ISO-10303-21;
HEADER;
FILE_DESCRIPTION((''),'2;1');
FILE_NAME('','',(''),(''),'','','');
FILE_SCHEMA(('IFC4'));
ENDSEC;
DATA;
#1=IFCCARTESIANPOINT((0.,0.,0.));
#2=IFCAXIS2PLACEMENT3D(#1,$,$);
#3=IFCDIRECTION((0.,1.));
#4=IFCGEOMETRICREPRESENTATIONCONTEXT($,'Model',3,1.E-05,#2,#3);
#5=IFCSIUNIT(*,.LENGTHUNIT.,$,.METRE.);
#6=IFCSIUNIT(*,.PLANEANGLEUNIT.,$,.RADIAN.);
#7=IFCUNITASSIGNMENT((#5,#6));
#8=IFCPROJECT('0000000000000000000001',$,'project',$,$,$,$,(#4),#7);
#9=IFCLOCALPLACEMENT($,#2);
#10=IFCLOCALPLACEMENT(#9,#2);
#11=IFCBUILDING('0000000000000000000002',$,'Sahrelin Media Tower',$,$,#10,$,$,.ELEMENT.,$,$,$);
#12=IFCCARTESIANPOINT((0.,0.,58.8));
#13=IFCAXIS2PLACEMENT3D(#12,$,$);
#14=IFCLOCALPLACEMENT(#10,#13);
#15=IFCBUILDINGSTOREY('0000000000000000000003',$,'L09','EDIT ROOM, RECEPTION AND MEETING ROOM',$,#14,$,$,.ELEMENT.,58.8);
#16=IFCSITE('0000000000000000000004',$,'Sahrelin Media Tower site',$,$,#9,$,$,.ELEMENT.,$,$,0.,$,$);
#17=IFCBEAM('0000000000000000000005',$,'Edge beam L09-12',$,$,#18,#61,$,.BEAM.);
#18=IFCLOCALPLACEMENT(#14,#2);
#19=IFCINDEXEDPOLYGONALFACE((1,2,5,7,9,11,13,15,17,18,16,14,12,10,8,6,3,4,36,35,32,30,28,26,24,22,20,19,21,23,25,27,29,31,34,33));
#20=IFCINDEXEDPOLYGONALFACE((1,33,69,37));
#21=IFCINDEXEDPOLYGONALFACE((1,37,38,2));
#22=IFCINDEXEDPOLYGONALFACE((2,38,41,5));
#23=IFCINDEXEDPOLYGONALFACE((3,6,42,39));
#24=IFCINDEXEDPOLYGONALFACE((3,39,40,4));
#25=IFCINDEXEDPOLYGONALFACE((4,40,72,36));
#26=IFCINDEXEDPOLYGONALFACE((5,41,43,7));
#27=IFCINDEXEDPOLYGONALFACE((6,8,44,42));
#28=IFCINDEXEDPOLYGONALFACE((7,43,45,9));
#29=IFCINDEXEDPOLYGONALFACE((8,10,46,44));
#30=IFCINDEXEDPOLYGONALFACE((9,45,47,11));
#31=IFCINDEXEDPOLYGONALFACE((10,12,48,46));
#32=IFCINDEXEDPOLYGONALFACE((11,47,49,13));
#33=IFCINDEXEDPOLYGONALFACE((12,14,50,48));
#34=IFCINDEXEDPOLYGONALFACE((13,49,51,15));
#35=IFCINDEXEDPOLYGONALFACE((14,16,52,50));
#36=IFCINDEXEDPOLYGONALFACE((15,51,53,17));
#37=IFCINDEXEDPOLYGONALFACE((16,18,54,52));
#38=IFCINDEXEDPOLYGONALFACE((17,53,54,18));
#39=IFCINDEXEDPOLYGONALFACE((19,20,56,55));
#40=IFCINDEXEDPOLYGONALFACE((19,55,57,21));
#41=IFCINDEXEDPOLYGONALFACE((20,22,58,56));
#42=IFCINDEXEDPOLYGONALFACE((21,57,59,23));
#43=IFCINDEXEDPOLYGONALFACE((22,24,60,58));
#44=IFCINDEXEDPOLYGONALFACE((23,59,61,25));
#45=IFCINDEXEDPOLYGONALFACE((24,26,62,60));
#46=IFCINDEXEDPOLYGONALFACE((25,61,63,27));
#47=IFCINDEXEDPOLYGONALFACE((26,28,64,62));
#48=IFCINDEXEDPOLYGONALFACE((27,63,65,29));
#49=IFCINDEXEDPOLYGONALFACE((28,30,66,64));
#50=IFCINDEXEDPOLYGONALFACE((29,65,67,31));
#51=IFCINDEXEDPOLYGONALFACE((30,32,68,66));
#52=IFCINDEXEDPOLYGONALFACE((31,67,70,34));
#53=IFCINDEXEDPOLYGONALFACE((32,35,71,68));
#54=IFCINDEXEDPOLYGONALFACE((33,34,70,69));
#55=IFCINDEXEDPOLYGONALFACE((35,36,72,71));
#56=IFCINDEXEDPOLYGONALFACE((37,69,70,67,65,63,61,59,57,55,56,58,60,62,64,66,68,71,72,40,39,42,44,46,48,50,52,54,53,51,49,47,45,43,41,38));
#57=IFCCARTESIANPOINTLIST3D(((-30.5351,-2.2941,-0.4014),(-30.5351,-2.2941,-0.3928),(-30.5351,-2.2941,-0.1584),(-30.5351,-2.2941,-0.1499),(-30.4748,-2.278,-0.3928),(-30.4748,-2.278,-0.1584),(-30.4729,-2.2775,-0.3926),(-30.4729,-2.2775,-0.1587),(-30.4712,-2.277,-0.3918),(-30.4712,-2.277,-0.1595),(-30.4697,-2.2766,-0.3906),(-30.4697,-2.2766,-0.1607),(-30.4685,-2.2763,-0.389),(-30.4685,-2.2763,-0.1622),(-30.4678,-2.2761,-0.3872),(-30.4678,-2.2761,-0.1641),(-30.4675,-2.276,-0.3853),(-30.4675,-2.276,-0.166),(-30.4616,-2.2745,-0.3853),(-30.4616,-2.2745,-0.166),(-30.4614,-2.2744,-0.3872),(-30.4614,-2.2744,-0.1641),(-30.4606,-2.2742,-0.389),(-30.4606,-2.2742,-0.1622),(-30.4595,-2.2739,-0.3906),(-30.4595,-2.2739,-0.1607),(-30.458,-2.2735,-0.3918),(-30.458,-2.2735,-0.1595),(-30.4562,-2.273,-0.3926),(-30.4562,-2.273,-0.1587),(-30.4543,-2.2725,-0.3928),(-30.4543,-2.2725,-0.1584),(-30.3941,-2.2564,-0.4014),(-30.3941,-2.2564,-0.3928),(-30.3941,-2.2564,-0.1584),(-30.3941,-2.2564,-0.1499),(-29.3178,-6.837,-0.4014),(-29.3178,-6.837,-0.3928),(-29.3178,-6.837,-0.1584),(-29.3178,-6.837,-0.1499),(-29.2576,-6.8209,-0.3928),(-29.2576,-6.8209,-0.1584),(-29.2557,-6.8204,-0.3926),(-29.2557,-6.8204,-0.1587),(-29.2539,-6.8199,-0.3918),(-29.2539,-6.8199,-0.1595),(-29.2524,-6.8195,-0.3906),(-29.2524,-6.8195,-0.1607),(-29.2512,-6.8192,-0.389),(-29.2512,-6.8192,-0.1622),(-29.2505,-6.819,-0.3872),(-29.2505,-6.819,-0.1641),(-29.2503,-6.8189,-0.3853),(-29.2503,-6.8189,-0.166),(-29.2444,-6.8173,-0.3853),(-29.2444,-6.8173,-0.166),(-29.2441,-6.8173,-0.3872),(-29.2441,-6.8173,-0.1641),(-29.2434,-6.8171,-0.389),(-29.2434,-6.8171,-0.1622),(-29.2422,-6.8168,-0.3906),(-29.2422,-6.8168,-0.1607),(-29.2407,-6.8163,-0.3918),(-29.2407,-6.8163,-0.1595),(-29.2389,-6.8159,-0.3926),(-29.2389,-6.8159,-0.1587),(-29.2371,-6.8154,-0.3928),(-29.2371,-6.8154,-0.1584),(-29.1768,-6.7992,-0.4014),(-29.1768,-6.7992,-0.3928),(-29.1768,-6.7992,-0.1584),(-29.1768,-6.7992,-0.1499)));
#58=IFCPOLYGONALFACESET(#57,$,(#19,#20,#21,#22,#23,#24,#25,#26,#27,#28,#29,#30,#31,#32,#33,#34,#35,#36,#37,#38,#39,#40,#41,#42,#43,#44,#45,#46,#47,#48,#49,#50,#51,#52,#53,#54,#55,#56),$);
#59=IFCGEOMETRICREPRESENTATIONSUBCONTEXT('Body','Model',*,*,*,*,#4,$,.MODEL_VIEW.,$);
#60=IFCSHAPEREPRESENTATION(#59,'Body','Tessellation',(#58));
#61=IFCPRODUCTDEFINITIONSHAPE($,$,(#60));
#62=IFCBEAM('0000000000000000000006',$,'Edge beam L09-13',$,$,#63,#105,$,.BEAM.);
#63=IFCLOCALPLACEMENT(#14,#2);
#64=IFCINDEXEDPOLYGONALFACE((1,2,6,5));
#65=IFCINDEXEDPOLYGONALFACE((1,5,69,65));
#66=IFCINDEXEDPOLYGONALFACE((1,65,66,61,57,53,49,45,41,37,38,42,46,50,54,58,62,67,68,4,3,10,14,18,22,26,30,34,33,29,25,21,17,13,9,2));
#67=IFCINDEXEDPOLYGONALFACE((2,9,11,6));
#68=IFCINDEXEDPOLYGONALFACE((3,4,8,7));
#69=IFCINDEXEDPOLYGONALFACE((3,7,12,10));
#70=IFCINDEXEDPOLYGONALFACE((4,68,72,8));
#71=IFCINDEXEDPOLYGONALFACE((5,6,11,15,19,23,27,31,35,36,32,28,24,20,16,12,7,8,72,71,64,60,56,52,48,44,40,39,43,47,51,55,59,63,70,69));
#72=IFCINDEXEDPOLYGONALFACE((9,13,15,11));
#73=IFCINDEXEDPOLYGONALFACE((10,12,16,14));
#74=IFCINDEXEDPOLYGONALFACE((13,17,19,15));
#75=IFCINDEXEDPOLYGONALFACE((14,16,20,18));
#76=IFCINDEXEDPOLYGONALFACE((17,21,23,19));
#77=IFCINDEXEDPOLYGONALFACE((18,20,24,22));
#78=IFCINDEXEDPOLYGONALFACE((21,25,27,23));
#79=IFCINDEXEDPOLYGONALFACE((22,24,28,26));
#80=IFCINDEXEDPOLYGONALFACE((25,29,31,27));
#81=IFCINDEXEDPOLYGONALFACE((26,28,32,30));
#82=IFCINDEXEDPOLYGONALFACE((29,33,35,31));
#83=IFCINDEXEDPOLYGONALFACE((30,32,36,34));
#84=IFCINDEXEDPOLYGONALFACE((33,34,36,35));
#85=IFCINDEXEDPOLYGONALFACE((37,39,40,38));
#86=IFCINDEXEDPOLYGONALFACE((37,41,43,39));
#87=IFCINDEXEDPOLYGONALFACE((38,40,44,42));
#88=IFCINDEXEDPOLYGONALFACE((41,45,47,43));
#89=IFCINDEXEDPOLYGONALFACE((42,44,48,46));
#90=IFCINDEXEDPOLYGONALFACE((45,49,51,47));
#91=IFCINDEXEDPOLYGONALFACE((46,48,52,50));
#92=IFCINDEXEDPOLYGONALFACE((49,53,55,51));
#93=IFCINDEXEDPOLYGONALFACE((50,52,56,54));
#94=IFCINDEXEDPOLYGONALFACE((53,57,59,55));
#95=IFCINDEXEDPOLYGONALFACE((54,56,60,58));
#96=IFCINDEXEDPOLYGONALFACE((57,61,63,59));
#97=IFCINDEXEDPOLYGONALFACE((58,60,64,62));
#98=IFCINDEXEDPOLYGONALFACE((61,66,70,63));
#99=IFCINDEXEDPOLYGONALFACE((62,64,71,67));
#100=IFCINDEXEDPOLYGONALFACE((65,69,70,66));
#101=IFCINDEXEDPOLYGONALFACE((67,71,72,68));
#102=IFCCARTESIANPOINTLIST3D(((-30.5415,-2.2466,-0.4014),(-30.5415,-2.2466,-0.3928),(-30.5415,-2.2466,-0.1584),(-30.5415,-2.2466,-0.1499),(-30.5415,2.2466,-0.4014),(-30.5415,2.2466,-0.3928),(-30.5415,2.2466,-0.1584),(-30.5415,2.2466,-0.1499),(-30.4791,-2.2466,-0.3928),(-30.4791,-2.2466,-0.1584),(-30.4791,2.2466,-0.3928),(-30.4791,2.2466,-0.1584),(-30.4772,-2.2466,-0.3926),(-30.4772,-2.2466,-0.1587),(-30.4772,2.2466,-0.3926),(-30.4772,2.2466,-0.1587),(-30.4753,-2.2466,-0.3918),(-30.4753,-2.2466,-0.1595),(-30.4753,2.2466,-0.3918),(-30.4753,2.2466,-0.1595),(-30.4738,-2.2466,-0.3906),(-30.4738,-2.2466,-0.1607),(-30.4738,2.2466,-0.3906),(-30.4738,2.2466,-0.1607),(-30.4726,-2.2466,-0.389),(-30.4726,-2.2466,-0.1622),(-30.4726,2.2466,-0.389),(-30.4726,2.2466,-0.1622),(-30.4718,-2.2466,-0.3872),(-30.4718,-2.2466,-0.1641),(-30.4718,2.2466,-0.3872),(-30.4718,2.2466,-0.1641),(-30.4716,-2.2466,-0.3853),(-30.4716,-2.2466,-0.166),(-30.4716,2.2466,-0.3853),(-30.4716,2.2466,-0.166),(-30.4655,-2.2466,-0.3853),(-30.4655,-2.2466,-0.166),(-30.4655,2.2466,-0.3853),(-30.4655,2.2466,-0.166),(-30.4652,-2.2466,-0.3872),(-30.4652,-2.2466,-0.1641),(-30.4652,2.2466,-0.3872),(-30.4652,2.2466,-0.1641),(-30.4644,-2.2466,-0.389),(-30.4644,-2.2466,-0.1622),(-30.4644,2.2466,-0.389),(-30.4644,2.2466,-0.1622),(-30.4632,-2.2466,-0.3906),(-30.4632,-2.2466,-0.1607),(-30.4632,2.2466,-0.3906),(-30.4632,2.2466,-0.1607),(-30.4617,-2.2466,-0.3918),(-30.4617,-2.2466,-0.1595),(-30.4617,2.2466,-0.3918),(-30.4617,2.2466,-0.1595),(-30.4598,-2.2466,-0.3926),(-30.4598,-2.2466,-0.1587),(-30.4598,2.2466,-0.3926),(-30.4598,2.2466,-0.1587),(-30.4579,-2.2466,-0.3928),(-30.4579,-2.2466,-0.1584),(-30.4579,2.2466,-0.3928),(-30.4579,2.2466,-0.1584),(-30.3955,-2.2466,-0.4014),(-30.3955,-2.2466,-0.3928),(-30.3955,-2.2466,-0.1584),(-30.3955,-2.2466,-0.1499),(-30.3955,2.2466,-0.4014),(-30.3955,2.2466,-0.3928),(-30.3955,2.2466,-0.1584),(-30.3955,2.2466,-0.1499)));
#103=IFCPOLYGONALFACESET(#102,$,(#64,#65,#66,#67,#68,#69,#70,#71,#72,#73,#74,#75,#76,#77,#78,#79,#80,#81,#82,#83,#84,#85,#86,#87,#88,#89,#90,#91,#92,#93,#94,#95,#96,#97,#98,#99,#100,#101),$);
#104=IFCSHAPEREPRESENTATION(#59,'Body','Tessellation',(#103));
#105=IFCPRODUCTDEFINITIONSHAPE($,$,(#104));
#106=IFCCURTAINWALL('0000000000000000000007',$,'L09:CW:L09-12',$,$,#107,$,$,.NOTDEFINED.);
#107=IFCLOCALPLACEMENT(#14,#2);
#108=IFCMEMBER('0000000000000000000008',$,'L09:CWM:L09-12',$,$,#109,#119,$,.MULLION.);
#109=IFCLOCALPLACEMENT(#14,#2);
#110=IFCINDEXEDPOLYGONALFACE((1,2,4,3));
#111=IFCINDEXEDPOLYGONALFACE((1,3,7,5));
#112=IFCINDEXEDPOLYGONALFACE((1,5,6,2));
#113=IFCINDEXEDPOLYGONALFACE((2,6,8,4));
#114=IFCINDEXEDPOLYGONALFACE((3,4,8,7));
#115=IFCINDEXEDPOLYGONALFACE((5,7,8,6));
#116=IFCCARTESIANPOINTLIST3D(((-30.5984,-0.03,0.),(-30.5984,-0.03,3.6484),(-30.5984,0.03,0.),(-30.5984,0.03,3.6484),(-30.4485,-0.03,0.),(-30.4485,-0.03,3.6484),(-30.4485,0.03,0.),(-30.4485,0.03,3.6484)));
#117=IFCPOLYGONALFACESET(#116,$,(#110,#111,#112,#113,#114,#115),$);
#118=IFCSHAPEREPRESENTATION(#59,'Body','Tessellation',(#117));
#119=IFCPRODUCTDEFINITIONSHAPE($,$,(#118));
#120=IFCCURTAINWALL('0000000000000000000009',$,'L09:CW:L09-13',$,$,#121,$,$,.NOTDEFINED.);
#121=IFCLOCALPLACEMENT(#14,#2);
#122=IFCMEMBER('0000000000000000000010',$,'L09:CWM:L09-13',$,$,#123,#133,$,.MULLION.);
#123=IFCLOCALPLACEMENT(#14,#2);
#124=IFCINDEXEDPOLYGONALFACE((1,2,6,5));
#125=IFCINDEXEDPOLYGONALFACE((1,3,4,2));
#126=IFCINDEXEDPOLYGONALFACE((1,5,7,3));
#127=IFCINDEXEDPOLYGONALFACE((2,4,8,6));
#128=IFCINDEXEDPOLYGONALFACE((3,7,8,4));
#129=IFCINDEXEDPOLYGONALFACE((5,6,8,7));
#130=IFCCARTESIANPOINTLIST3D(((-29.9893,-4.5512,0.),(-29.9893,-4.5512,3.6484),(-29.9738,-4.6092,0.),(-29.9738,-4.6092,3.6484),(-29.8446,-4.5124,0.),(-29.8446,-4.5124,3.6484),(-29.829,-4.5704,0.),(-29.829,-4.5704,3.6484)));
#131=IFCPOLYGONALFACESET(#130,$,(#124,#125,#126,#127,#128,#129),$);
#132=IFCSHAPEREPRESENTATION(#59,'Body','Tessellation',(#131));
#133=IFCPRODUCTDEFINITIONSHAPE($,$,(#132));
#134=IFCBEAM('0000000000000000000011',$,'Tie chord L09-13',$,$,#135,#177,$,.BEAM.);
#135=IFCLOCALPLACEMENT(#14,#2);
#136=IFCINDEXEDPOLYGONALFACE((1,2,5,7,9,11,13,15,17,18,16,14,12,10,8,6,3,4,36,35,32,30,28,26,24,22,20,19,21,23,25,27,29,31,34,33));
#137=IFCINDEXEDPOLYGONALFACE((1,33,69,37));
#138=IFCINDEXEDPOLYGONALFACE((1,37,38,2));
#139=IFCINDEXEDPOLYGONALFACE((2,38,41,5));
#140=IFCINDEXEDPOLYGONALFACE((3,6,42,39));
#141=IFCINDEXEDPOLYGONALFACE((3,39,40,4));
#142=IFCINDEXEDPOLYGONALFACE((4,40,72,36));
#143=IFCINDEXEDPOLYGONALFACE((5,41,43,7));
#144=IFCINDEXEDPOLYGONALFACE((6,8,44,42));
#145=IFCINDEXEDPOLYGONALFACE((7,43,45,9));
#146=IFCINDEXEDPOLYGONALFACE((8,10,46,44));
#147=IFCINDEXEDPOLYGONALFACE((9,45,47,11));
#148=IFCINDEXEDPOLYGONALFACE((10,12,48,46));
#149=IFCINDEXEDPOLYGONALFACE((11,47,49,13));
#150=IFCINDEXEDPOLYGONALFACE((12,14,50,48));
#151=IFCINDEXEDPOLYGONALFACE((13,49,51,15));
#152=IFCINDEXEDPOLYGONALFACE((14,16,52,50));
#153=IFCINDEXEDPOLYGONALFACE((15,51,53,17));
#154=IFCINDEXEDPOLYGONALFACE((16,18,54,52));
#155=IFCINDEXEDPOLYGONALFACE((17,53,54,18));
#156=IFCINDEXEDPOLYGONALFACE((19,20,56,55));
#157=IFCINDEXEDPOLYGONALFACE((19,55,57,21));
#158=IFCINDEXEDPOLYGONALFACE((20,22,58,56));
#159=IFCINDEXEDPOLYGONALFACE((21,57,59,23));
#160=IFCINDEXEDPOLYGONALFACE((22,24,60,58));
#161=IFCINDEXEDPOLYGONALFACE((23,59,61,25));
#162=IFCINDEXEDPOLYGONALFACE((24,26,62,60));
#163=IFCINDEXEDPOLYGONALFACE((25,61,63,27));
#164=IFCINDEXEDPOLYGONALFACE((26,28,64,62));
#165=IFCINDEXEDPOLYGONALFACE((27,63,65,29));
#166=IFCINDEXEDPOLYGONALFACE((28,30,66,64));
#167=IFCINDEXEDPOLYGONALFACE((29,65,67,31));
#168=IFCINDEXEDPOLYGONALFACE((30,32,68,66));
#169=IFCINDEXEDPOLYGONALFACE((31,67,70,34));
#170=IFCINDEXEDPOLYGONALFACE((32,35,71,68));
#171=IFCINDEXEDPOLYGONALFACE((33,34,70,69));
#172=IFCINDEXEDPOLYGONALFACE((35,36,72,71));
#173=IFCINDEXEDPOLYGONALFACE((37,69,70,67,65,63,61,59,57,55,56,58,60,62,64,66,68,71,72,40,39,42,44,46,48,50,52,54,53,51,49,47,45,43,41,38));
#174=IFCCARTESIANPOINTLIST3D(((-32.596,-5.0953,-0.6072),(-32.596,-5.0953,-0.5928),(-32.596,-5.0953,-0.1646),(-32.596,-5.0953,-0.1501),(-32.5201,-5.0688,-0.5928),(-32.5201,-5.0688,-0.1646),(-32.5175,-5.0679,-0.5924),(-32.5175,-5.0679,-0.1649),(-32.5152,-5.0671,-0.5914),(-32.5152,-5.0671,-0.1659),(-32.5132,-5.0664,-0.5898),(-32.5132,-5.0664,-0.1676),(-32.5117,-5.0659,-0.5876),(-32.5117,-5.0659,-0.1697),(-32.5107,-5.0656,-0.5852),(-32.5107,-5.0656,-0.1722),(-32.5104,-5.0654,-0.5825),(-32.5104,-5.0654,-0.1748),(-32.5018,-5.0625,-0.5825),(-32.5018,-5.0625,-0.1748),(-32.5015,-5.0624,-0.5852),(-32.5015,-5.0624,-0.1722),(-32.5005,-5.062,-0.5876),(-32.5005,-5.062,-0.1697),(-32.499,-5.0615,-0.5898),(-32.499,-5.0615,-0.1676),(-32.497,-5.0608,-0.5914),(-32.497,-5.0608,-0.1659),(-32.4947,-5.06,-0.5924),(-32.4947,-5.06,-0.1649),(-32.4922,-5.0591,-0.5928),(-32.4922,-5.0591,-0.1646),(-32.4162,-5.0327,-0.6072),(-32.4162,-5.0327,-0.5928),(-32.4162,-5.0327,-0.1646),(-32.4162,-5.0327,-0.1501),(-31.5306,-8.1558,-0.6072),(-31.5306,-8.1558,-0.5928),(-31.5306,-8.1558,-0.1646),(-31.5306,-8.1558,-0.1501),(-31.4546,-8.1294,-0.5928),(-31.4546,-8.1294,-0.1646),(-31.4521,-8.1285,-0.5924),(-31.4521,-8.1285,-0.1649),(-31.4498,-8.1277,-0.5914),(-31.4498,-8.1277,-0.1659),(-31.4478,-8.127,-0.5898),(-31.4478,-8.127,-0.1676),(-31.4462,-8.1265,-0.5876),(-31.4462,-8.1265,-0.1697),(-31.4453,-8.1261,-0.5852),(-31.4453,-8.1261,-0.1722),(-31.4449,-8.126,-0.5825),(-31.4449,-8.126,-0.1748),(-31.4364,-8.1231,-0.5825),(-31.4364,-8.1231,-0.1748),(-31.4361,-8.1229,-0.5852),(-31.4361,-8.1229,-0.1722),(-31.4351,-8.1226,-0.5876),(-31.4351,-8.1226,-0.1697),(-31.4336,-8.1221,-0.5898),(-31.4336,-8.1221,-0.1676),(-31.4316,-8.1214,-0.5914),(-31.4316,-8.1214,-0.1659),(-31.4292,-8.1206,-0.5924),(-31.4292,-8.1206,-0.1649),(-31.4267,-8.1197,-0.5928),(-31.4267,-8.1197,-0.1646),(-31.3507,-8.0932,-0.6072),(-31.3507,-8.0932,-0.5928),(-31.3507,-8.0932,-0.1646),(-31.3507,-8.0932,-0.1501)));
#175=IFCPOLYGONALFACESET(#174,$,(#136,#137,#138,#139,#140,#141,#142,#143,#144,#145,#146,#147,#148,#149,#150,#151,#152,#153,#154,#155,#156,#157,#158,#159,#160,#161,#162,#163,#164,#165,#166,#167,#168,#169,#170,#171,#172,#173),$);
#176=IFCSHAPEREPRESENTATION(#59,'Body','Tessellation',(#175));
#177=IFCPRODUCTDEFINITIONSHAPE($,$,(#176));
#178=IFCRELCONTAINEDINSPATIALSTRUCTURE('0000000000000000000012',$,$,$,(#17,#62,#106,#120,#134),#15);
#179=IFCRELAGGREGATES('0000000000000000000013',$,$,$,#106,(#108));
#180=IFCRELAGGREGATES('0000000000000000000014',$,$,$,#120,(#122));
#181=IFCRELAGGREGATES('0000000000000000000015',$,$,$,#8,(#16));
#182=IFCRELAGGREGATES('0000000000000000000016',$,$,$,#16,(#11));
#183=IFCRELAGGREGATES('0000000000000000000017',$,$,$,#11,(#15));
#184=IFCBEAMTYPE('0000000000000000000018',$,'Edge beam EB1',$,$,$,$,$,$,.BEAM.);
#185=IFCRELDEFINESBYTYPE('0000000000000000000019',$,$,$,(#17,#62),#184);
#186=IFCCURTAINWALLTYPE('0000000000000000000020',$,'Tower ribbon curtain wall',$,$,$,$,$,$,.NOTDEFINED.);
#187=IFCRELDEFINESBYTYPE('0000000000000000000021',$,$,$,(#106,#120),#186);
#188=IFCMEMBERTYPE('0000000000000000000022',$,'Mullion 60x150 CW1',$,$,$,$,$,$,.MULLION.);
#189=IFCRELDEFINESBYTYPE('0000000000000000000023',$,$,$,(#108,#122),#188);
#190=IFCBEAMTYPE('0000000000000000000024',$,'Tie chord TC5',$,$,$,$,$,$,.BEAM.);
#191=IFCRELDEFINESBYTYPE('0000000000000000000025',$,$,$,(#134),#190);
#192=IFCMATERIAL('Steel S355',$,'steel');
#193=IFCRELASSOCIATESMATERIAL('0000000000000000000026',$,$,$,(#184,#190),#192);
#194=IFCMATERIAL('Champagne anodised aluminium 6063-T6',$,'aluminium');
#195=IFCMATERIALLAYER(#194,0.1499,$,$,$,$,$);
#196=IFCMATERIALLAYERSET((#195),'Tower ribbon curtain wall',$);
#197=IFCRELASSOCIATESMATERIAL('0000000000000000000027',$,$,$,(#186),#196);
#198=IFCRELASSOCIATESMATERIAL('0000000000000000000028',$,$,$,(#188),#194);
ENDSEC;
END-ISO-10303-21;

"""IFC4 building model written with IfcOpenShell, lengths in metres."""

from ifc_helpers import new_model, si_unit, direction, frame, origin, origin_2d, place, context, subcontext, project, spatial, rectangle, i_section, extrude, material, layer, layer_set, material_profile, profile_set, type_object, element, aggregate, save


model = new_model("IFC4")

# Units and contexts
model_context = context("Model", 3, precision=1e-05, world=origin(), true_north=direction((0.0, 1.0)))
body_context = subcontext(model_context, "Body", "Model", "MODEL_VIEW")
ifc_project = project(units=[si_unit("LENGTHUNIT", "METRE"), si_unit("PLANEANGLEUNIT", "RADIAN")], contexts=[model_context])

# Site, building, storey
site_placement = place(None, origin())
site = spatial("IfcSite", under=ifc_project, at=site_placement, Name="Sahrelin Media Tower site", CompositionType="ELEMENT", RefElevation=0.0)
building_placement = place(site_placement, origin())
building = spatial("IfcBuilding", under=site, at=building_placement, Name="Sahrelin Media Tower", CompositionType="ELEMENT")
storey_placement = place(building_placement, frame((0.0, 0.0, 58.8)))
storey = spatial("IfcBuildingStorey", under=building, at=storey_placement, Name="L09", Description="EDIT ROOM, RECEPTION AND MEETING ROOM", CompositionType="ELEMENT", Elevation=58.8)

# Beams
ifc_material_1 = material(Name="Steel S355", Category="steel")
ifc_material_profile_1 = material_profile(ifc_material_1, i_section(OverallWidth=0.146, OverallDepth=0.2515, WebThickness=0.0061, FlangeThickness=0.0085, FilletRadius=0.0076, at=origin_2d()), Name="UB 254x146x31")
ifc_profile_set_1 = profile_set([ifc_material_profile_1], Name="Steel S355")
beam_type_1 = type_object("IfcBeamType", Name="Edge beam EB1", PredefinedType="BEAM", material=ifc_profile_set_1)
beam_1_placement = place(storey_placement, frame((-29.2473, -6.8181, -0.2756), z_axis=(-0.258819, 0.965926, 0.0), x_axis=(-0.965926, -0.258819, 0.0)))
element("IfcBeam", 1, at=beam_1_placement, inside=storey, type_object=beam_type_1, Name="Edge beam L09-12", PredefinedType="BEAM", context=body_context, shape_type="SweptSolid", body=[
    extrude(i_section(OverallWidth=0.146, OverallDepth=0.2515, WebThickness=0.0061, FlangeThickness=0.0085, FilletRadius=0.0076, at=origin_2d()), origin(), (0.0, 0.0, 1.0), 4.7031),
])
beam_2_placement = place(storey_placement, frame((-30.4685, -2.2466, -0.2756), z_axis=(0.0, 1.0, 0.0), x_axis=(-1.0, 0.0, 0.0)))
element("IfcBeam", 2, at=beam_2_placement, inside=storey, type_object=beam_type_1, Name="Edge beam L09-13", PredefinedType="BEAM", context=body_context, shape_type="SweptSolid", body=[
    extrude(i_section(OverallWidth=0.146, OverallDepth=0.2515, WebThickness=0.0061, FlangeThickness=0.0085, FilletRadius=0.0076, at=origin_2d()), origin(), (0.0, 0.0, 1.0), 4.4932),
])

# Curtain walls, members
ifc_material_2 = material(Name="Champagne anodised aluminium 6063-T6", Category="aluminium")
ifc_layer_1 = layer(ifc_material_2, 0.1499)
ifc_layer_set_1 = layer_set([ifc_layer_1], Name="Tower ribbon curtain wall")
curtain_wall_type = type_object("IfcCurtainWallType", Name="Tower ribbon curtain wall", PredefinedType="NOTDEFINED", material=ifc_layer_set_1)
curtain_wall_1_placement = place(storey_placement, frame((-30.6184, 0.0, 0.0), z_axis=(0.0, 0.0, 1.0), x_axis=(1.0, 0.0, 0.0)))
curtain_wall_1 = element("IfcCurtainWall", 3, at=curtain_wall_1_placement, inside=storey, type_object=curtain_wall_type, Name="L09:CW:L09-12", PredefinedType="NOTDEFINED")
ifc_material_profile_2 = material_profile(ifc_material_2, rectangle(XDim=0.0601, YDim=0.1499, at=origin_2d()), Name="Mullion 60x150")
ifc_profile_set_2 = profile_set([ifc_material_profile_2], Name="Champagne anodised aluminium 6063-T6")
member_type_1 = type_object("IfcMemberType", Name="Mullion 60x150 CW1", PredefinedType="MULLION", material=ifc_profile_set_2)
member_1_placement = place(storey_placement, frame((-30.5234, 0.0, 0.0), z_axis=(0.0, 0.0, 1.0), x_axis=(0.0, -1.0, 0.0)))
member_1 = element("IfcMember", 4, at=member_1_placement, type_object=member_type_1, Name="L09:CWM:L09-12", PredefinedType="MULLION", context=body_context, shape_type="SweptSolid", body=[
    extrude(rectangle(XDim=0.0601, YDim=0.1499, at=origin_2d()), origin(), (0.0, 0.0, 1.0), 3.6484),
])
aggregate(curtain_wall_1, [member_1])
curtain_wall_2_placement = place(storey_placement, frame((-30.001, -4.5854, 0.0), z_axis=(0.0, 0.0, 1.0), x_axis=(1.0, 0.0, 0.0)))
curtain_wall_2 = element("IfcCurtainWall", 5, at=curtain_wall_2_placement, inside=storey, type_object=curtain_wall_type, Name="L09:CW:L09-13", PredefinedType="NOTDEFINED")
member_2_placement = place(storey_placement, frame((-29.9092, -4.5608, 0.0), z_axis=(0.0, 0.0, 1.0), x_axis=(0.258817, -0.965926, 0.0)))
member_2 = element("IfcMember", 6, at=member_2_placement, type_object=member_type_1, Name="L09:CWM:L09-13", PredefinedType="MULLION", context=body_context, shape_type="SweptSolid", body=[
    extrude(rectangle(XDim=0.0601, YDim=0.1499, at=origin_2d()), origin(), (0.0, 0.0, 1.0), 3.6484),
])

# Beam
ifc_material_profile_3 = material_profile(ifc_material_1, i_section(OverallWidth=0.1904, OverallDepth=0.457, WebThickness=0.009, FlangeThickness=0.0144, FilletRadius=0.0103, at=origin_2d()), Name="UB 457x191x74")
ifc_profile_set_3 = profile_set([ifc_material_profile_3], Name="Steel S355")
beam_type_2 = type_object("IfcBeamType", Name="Tie chord TC5", PredefinedType="BEAM", material=ifc_profile_set_3)
beam_3_placement = place(storey_placement, frame((-32.5061, -5.064, -0.3787), z_axis=(0.328766, -0.944411, 0.0), x_axis=(0.944411, 0.328766, 0.0)))
element("IfcBeam", 7, at=beam_3_placement, inside=storey, type_object=beam_type_2, Name="Tie chord L09-13", PredefinedType="BEAM", context=body_context, shape_type="SweptSolid", body=[
    extrude(i_section(OverallWidth=0.1904, OverallDepth=0.457, WebThickness=0.009, FlangeThickness=0.0144, FilletRadius=0.0103, at=origin_2d()), origin(), (0.0, 0.0, 1.0), 3.2407),
])

aggregate(curtain_wall_2, [member_2])

save(model, "model.ifc")
